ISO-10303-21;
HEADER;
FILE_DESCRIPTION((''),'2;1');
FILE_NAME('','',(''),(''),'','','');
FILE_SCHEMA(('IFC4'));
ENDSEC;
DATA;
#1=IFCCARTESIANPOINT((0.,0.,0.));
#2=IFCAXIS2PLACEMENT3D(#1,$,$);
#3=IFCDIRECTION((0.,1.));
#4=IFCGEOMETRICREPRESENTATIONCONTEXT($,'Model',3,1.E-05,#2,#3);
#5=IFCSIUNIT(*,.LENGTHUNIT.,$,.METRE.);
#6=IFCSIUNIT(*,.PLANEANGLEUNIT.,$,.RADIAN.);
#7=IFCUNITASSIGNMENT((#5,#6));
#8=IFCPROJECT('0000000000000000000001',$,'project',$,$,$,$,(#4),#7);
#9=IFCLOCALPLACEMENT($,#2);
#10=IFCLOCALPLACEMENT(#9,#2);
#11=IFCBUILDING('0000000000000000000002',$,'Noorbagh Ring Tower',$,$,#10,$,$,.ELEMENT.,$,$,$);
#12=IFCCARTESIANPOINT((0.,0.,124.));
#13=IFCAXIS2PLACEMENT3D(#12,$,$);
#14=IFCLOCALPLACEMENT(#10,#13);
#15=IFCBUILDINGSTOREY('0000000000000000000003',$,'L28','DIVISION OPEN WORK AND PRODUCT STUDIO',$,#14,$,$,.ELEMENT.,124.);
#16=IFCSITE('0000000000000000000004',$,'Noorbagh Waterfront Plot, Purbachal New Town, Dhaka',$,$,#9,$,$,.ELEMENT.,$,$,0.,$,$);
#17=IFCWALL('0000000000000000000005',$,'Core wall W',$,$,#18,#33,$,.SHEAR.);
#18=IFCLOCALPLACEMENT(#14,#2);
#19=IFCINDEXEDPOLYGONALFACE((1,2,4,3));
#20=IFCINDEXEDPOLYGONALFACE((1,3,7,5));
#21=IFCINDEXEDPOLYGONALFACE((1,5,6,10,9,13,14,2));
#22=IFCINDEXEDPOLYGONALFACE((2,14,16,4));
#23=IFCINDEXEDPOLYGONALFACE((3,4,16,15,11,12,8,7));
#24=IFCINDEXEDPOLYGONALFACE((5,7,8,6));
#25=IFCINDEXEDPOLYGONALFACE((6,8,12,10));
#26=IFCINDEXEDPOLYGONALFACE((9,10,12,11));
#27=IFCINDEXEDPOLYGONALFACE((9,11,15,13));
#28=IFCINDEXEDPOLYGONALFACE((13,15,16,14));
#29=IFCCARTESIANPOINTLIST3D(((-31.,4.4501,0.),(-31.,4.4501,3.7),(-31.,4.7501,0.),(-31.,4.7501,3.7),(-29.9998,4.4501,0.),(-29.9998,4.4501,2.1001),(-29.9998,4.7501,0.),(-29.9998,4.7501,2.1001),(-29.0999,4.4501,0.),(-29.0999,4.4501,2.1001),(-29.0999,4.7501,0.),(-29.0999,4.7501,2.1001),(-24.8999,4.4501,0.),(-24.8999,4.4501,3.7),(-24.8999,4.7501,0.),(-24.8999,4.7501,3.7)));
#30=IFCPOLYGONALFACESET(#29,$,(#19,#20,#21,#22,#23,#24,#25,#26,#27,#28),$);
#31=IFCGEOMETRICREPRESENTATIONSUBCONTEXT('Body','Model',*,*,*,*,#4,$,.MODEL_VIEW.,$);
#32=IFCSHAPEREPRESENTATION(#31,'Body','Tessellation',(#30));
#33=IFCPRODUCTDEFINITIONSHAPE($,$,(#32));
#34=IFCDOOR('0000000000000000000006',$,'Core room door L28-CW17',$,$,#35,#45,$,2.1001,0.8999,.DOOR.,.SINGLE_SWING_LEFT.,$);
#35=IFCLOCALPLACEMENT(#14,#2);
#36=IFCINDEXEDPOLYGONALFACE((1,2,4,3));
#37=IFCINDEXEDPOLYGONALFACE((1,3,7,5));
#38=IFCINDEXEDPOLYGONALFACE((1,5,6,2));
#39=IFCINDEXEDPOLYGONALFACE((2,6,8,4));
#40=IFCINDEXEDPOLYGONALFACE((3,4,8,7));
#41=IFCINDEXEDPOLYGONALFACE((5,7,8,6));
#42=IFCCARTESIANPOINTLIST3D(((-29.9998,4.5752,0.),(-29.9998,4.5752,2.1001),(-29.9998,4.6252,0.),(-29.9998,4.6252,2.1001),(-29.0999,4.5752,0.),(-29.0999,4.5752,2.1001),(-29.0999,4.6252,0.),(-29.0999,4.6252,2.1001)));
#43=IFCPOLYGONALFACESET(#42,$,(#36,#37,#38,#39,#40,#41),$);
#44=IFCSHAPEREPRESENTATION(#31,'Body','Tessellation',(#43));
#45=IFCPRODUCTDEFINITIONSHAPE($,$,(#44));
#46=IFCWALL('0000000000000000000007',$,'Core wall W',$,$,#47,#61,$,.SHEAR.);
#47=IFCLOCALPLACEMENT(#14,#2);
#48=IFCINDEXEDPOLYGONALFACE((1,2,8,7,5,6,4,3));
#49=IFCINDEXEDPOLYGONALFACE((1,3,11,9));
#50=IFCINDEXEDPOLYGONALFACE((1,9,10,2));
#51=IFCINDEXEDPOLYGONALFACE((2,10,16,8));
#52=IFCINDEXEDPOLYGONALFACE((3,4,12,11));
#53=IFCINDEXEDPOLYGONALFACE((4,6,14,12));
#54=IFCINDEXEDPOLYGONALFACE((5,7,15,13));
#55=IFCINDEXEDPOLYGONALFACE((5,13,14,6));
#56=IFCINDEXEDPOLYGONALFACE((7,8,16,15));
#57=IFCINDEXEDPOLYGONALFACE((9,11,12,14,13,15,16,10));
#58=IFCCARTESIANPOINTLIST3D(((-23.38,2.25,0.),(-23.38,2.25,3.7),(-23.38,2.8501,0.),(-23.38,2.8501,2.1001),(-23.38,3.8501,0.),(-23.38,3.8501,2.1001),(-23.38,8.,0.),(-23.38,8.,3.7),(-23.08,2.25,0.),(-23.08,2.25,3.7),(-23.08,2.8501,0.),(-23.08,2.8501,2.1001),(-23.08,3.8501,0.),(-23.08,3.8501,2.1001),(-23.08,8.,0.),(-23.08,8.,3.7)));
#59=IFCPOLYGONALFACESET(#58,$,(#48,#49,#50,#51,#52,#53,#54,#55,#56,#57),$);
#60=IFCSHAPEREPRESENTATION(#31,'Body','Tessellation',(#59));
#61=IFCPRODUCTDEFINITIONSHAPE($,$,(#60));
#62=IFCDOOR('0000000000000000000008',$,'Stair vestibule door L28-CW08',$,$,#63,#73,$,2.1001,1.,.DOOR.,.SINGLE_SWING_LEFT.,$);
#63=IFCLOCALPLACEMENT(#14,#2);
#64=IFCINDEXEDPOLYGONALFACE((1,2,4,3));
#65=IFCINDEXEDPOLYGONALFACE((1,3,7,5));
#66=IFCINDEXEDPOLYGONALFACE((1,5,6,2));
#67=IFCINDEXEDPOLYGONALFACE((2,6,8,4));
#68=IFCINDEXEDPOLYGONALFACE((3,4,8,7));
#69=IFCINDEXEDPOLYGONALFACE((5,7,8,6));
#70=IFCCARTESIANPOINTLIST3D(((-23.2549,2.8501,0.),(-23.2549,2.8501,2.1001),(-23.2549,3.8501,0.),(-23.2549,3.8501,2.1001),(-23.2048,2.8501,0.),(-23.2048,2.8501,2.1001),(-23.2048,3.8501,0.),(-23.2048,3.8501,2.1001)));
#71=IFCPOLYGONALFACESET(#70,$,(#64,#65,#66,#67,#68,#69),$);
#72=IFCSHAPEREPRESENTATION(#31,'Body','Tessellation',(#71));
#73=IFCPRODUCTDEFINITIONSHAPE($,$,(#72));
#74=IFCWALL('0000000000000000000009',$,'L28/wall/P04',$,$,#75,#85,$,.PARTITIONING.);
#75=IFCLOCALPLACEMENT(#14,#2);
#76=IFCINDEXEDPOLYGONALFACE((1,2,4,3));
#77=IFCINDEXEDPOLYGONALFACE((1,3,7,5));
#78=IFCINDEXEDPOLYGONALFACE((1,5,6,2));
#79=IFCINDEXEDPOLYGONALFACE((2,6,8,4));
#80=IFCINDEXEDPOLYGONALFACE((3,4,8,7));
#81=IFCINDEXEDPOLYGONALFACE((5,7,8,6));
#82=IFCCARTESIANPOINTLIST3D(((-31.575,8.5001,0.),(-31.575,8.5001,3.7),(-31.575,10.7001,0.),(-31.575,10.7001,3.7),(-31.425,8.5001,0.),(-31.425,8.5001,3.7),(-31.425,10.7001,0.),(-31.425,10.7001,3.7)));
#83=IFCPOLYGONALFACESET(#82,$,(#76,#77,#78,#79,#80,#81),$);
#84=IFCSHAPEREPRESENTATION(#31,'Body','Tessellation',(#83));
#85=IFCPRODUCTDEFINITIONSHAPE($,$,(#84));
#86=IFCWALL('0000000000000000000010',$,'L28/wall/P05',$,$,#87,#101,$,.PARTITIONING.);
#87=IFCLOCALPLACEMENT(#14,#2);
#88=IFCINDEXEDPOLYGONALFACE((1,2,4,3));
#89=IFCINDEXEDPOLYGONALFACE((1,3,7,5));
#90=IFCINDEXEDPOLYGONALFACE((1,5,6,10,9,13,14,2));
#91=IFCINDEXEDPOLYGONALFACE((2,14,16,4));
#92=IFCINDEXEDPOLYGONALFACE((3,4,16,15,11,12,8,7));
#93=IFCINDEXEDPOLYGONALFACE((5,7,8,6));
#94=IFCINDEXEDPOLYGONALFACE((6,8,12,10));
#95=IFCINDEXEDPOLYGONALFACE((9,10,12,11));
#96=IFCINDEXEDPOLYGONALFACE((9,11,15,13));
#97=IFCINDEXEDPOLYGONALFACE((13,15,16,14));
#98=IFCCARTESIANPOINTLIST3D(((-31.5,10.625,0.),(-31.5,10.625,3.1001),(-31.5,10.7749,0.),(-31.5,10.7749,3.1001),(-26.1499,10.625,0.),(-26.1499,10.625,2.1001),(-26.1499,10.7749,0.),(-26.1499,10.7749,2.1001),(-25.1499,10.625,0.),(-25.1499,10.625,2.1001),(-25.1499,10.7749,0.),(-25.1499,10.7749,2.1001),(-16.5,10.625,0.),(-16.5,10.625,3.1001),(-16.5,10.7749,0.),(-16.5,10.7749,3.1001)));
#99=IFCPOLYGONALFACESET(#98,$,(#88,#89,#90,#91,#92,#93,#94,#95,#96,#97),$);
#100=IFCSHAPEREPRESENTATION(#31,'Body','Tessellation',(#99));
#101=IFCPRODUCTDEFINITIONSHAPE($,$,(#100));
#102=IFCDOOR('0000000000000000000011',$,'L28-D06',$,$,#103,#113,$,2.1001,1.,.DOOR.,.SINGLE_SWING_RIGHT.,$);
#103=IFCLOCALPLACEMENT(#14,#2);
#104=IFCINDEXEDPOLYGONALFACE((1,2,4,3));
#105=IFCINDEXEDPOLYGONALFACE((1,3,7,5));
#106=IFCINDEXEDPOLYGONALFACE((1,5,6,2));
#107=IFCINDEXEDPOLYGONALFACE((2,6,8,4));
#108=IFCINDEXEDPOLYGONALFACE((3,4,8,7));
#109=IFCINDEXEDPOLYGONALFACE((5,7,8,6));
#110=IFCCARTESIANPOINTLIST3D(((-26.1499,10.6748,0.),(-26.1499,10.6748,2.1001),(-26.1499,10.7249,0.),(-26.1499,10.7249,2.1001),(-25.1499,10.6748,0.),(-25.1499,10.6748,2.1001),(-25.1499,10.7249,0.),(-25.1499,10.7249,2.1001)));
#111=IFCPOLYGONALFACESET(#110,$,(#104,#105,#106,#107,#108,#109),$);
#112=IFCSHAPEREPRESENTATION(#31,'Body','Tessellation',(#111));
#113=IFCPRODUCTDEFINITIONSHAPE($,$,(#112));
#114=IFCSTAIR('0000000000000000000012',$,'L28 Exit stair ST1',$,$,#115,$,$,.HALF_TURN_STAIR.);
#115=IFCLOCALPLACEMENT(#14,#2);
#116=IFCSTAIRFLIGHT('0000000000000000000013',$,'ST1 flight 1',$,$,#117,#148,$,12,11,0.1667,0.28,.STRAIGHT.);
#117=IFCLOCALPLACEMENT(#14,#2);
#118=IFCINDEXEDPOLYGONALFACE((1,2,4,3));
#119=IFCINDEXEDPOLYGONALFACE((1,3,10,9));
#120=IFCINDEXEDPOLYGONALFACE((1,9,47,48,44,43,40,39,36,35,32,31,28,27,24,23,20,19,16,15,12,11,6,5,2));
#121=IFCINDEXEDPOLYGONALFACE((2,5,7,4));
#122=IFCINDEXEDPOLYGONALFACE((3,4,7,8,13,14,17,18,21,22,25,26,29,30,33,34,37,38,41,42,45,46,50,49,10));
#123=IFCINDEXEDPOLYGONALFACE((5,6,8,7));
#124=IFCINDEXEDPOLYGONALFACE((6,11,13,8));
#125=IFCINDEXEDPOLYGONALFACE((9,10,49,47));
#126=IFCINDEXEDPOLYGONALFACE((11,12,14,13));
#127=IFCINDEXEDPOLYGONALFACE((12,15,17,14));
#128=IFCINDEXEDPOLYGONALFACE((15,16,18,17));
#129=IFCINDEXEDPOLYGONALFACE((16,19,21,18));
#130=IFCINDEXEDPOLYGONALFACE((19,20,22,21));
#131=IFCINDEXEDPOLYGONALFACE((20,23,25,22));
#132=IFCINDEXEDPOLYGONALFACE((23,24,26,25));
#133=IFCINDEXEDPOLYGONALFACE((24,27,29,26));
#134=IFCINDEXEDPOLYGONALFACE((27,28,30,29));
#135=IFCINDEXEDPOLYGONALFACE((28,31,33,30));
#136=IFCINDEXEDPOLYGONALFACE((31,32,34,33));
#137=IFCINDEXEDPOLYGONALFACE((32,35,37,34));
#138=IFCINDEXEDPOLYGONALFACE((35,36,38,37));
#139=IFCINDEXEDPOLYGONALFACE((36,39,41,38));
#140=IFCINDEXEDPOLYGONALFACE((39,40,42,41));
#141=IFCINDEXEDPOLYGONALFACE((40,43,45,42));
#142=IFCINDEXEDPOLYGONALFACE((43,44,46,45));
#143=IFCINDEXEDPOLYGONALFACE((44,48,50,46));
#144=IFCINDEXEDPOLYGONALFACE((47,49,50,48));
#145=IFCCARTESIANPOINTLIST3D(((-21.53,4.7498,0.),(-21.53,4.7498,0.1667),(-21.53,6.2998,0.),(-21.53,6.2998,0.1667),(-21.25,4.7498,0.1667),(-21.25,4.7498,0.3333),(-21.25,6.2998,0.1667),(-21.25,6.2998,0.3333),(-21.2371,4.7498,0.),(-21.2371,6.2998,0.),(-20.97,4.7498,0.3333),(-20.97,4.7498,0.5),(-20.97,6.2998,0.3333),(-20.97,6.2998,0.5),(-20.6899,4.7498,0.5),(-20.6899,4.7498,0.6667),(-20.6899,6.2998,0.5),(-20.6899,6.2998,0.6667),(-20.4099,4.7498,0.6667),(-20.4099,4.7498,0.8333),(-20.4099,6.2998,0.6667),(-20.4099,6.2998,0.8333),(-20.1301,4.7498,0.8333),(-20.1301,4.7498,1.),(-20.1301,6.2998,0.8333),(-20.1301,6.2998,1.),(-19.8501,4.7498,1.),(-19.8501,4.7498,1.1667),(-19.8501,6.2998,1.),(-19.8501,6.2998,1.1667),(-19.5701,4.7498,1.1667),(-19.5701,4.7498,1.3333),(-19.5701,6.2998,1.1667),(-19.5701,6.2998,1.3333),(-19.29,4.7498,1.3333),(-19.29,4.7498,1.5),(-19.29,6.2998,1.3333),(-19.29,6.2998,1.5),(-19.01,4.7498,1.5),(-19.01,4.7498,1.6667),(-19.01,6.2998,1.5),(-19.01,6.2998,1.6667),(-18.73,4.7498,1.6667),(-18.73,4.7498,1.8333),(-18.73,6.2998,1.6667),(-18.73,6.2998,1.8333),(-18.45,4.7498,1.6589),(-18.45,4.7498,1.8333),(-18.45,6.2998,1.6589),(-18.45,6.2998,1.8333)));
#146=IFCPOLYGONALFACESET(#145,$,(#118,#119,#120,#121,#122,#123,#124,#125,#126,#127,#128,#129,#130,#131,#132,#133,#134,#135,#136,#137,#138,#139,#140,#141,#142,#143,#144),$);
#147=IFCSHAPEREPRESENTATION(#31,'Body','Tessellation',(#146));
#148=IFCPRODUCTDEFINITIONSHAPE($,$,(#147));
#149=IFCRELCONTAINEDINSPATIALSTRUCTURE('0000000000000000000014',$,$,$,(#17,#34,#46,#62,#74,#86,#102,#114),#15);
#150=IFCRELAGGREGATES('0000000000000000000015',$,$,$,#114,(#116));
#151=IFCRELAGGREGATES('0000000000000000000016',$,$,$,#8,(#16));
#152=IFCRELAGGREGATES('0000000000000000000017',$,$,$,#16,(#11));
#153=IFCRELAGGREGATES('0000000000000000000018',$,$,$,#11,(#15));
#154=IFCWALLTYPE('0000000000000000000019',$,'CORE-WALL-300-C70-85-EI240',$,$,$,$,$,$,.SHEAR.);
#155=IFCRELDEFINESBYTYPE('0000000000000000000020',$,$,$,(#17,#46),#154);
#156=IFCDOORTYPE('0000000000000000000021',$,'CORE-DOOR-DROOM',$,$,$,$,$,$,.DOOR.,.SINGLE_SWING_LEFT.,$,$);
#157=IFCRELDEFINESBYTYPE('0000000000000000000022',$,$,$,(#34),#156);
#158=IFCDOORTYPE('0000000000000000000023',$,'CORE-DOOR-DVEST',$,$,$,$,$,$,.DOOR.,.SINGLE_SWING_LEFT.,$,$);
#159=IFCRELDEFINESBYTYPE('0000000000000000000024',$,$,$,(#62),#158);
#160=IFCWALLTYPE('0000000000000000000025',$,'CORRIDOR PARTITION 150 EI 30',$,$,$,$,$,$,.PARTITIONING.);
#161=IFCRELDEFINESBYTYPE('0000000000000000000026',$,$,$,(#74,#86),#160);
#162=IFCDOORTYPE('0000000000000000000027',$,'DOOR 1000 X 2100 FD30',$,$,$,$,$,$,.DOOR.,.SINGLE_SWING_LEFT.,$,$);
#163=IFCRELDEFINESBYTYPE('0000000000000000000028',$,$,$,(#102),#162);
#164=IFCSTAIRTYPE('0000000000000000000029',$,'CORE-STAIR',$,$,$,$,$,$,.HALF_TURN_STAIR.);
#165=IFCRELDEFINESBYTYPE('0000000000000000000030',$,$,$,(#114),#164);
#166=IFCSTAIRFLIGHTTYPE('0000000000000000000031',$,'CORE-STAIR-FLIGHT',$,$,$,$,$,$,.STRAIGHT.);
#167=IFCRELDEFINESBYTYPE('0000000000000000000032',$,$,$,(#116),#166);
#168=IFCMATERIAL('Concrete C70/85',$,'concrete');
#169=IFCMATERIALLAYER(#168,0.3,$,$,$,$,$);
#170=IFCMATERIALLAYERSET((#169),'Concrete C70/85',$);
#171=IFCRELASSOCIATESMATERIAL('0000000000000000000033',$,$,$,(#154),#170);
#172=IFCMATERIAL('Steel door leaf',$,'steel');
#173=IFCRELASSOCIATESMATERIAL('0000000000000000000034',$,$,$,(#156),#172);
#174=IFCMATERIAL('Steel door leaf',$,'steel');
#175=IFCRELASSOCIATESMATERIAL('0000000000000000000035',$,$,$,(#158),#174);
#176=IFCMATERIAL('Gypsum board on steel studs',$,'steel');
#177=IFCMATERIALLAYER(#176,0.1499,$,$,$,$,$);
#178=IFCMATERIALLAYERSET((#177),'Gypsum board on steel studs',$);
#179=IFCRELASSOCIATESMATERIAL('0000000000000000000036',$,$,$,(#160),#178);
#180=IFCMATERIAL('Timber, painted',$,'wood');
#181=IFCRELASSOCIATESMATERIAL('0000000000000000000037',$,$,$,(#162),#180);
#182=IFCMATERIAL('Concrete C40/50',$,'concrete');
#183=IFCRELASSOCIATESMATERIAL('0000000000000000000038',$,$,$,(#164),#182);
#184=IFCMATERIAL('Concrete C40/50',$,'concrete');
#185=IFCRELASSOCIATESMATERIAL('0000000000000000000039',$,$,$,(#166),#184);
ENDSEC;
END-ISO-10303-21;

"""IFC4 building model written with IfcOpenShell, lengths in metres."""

from ifc_helpers import new_model, si_unit, direction, frame, frame_2d, origin, place, context, subcontext, project, spatial, polyline, rectangle, outline, extrude, material, layer, layer_set, type_object, element, fill, aggregate, save


model = new_model("IFC4")

# Units and contexts
model_context = context("Model", 3, precision=1e-05, world=origin(), true_north=direction((0.0, 1.0)))
body_context = subcontext(model_context, "Body", "Model", "MODEL_VIEW")
ifc_project = project(units=[si_unit("LENGTHUNIT", "METRE"), si_unit("PLANEANGLEUNIT", "RADIAN")], contexts=[model_context])

# Site, building, storey
site_placement = place(None, origin())
site = spatial("IfcSite", under=ifc_project, at=site_placement, Name="Noorbagh Waterfront Plot, Purbachal New Town, Dhaka", CompositionType="ELEMENT", RefElevation=0.0)
building_placement = place(site_placement, origin())
building = spatial("IfcBuilding", under=site, at=building_placement, Name="Noorbagh Ring Tower", CompositionType="ELEMENT")
storey_placement = place(building_placement, frame((0.0, 0.0, 124.0)))
storey = spatial("IfcBuildingStorey", under=building, at=storey_placement, Name="L28", Description="DIVISION OPEN WORK AND PRODUCT STUDIO", CompositionType="ELEMENT", Elevation=124.0)

# Walls, openings, doors
ifc_material_1 = material(Name="Concrete C70/85", Category="concrete")
ifc_layer_1 = layer(ifc_material_1, 0.3)
ifc_layer_set_1 = layer_set([ifc_layer_1], Name="Concrete C70/85")
wall_type_1 = type_object("IfcWallType", Name="CORE-WALL-300-C70-85-EI240", PredefinedType="SHEAR", material=ifc_layer_set_1)
wall_1_placement = place(storey_placement, frame((-24.8999, 4.6001, 0.0), z_axis=(0.0, 0.0, 1.0), x_axis=(-1.0, 0.0, 0.0)))
wall_1 = element("IfcWall", 1, at=wall_1_placement, inside=storey, type_object=wall_type_1, Name="Core wall W", PredefinedType="SHEAR", context=body_context, shape_type="SweptSolid", body=[
    extrude(rectangle(XDim=6.1001, YDim=0.3, at=frame_2d((3.05, 0.0))), origin(), (0.0, 0.0, 1.0), 3.7),
])
opening_1_placement = place(wall_1_placement, frame((4.2, 0.0, 0.0)))
opening_1 = element("IfcOpeningElement", 2, at=opening_1_placement, cuts=wall_1, PredefinedType="OPENING", context=body_context, shape_type="SweptSolid", body=[
    extrude(rectangle(XDim=0.8999, YDim=2.1001, at=frame_2d((0.45, 1.05))), frame((0.0, 0.1602, 0.0), z_axis=(0.0, -1.0, 0.0), x_axis=(1.0, 0.0, 0.0)), (0.0, 0.0, 1.0), 0.3201),
])
ifc_material_2 = material(Name="Steel door leaf", Category="steel")
door_type_1 = type_object("IfcDoorType", Name="CORE-DOOR-DROOM", OperationType="SINGLE_SWING_LEFT", PredefinedType="DOOR", material=ifc_material_2)
door_1_placement = place(opening_1_placement, origin())
door_1 = element("IfcDoor", 3, at=door_1_placement, inside=storey, type_object=door_type_1, Name="Core room door L28-CW17", OperationType="SINGLE_SWING_LEFT", OverallHeight=2.1001, OverallWidth=0.8999, PredefinedType="DOOR", context=body_context, shape_type="SweptSolid", body=[
    extrude(rectangle(XDim=0.8999, YDim=2.1001, at=frame_2d((0.45, 1.05))), frame((0.0, 0.0249, 0.0), z_axis=(0.0, -1.0, 0.0), x_axis=(1.0, 0.0, 0.0)), (0.0, 0.0, 1.0), 0.05),
])
fill(opening_1, door_1)
wall_2_placement = place(storey_placement, frame((-23.23, 2.25, 0.0), z_axis=(0.0, 0.0, 1.0), x_axis=(0.0, 1.0, 0.0)))
wall_2 = element("IfcWall", 4, at=wall_2_placement, inside=storey, type_object=wall_type_1, Name="Core wall W", PredefinedType="SHEAR", context=body_context, shape_type="SweptSolid", body=[
    extrude(rectangle(XDim=5.75, YDim=0.3, at=frame_2d((2.875, 0.0))), origin(), (0.0, 0.0, 1.0), 3.7),
])
opening_2_placement = place(wall_2_placement, frame((0.6001, 0.0, 0.0)))
opening_2 = element("IfcOpeningElement", 5, at=opening_2_placement, cuts=wall_2, PredefinedType="OPENING", context=body_context, shape_type="SweptSolid", body=[
    extrude(rectangle(XDim=1.0, YDim=2.1001, at=frame_2d((0.5, 1.05))), frame((0.0, 0.1602, 0.0), z_axis=(0.0, -1.0, 0.0), x_axis=(1.0, 0.0, 0.0)), (0.0, 0.0, 1.0), 0.3201),
])
ifc_material_3 = material(Name="Steel door leaf", Category="steel")
door_type_2 = type_object("IfcDoorType", Name="CORE-DOOR-DVEST", OperationType="SINGLE_SWING_LEFT", PredefinedType="DOOR", material=ifc_material_3)
door_2_placement = place(opening_2_placement, origin())
door_2 = element("IfcDoor", 6, at=door_2_placement, inside=storey, type_object=door_type_2, Name="Stair vestibule door L28-CW08", OperationType="SINGLE_SWING_LEFT", OverallHeight=2.1001, OverallWidth=1.0, PredefinedType="DOOR", context=body_context, shape_type="SweptSolid", body=[
    extrude(rectangle(XDim=1.0, YDim=2.1001, at=frame_2d((0.5, 1.05))), frame((0.0, 0.0249, 0.0), z_axis=(0.0, -1.0, 0.0), x_axis=(1.0, 0.0, 0.0)), (0.0, 0.0, 1.0), 0.05),
])
fill(opening_2, door_2)

# Wall
ifc_material_4 = material(Name="Gypsum board on steel studs", Category="steel")
ifc_layer_2 = layer(ifc_material_4, 0.1499)
ifc_layer_set_2 = layer_set([ifc_layer_2], Name="Gypsum board on steel studs")
wall_type_2 = type_object("IfcWallType", Name="CORRIDOR PARTITION 150 EI 30", PredefinedType="PARTITIONING", material=ifc_layer_set_2)
wall_3_placement = place(storey_placement, frame((-31.5, 8.5, 0.0), z_axis=(0.0, 0.0, 1.0), x_axis=(0.0, 1.0, 0.0)))
element("IfcWall", 7, at=wall_3_placement, inside=storey, type_object=wall_type_2, Name="L28/wall/P04", PredefinedType="PARTITIONING", context=body_context, shape_type="SweptSolid", body=[
    extrude(rectangle(XDim=2.2, YDim=0.1499, at=frame_2d((1.1001, 0.0))), origin(), (0.0, 0.0, 1.0), 3.7),
])

# Wall, opening, door
wall_4_placement = place(storey_placement, frame((-31.5, 10.7, 0.0), z_axis=(0.0, 0.0, 1.0), x_axis=(1.0, 0.0, 0.0)))
wall_4 = element("IfcWall", 8, at=wall_4_placement, inside=storey, type_object=wall_type_2, Name="L28/wall/P05", PredefinedType="PARTITIONING", context=body_context, shape_type="SweptSolid", body=[
    extrude(rectangle(XDim=15.0, YDim=0.1499, at=frame_2d((7.5, 0.0))), origin(), (0.0, 0.0, 1.0), 3.1001),
])
opening_3_placement = place(wall_4_placement, frame((5.3501, 0.0, 0.0)))
opening_3 = element("IfcOpeningElement", 9, at=opening_3_placement, cuts=wall_4, PredefinedType="OPENING", context=body_context, shape_type="SweptSolid", body=[
    extrude(rectangle(XDim=1.0, YDim=2.1001, at=frame_2d((0.5, 1.05))), frame((0.0, 0.085, 0.0), z_axis=(0.0, -1.0, 0.0), x_axis=(1.0, 0.0, 0.0)), (0.0, 0.0, 1.0), 0.1699),
])
ifc_material_5 = material(Name="Timber, painted", Category="wood")
door_type_3 = type_object("IfcDoorType", Name="DOOR 1000 X 2100 FD30", OperationType="SINGLE_SWING_LEFT", PredefinedType="DOOR", material=ifc_material_5)
door_3_placement = place(opening_3_placement, origin())
door_3 = element("IfcDoor", 10, at=door_3_placement, inside=storey, type_object=door_type_3, Name="L28-D06", OperationType="SINGLE_SWING_RIGHT", OverallHeight=2.1001, OverallWidth=1.0, PredefinedType="DOOR", context=body_context, shape_type="SweptSolid", body=[
    extrude(rectangle(XDim=1.0, YDim=2.1001, at=frame_2d((0.5, 1.05))), frame((0.0, 0.0249, 0.0), z_axis=(0.0, -1.0, 0.0), x_axis=(1.0, 0.0, 0.0)), (0.0, 0.0, 1.0), 0.05),
])
fill(opening_3, door_3)

# Stair, stair flight
ifc_material_6 = material(Name="Concrete C40/50", Category="concrete")
stair_type = type_object("IfcStairType", Name="CORE-STAIR", PredefinedType="HALF_TURN_STAIR", material=ifc_material_6)
stair_placement = place(storey_placement, origin())
stair = element("IfcStair", 11, at=stair_placement, inside=storey, type_object=stair_type, Name="L28 Exit stair ST1", PredefinedType="HALF_TURN_STAIR")
ifc_material_7 = material(Name="Concrete C40/50", Category="concrete")
stair_flight_type = type_object("IfcStairFlightType", Name="CORE-STAIR-FLIGHT", PredefinedType="STRAIGHT", material=ifc_material_7)
stair_flight_placement = place(storey_placement, frame((-21.53, 5.5249, 0.0), z_axis=(0.0, 0.0, 1.0), x_axis=(1.0, 0.0, 0.0)))
stair_flight = element("IfcStairFlight", 12, at=stair_flight_placement, type_object=stair_flight_type, Name="ST1 flight 1", NumberOfRisers=12, NumberOfTreads=11, PredefinedType="STRAIGHT", RiserHeight=0.1667, TreadLength=0.28, context=body_context, shape_type="SweptSolid", body=[
    extrude(outline(polyline([(0.0, 0.0), (0.0, 0.1667), (0.28, 0.1667), (0.28, 0.3333), (0.5601, 0.3333), (0.5601, 0.5), (0.8401, 0.5), (0.8401, 0.6667), (1.1201, 0.6667), (1.1201, 0.8333), (1.3999, 0.8333), (1.3999, 1.0), (1.6799, 1.0), (1.6799, 1.1667), (1.96, 1.1667), (1.96, 1.3333), (2.24, 1.3333), (2.24, 1.5), (2.52, 1.5), (2.52, 1.6667), (2.8, 1.6667), (2.8, 1.8333), (3.0801, 1.8333), (3.0801, 2.0), (3.0801, 1.6589), (0.293, 0.0), (0.0, 0.0)])), frame((0.0, 0.7749, 0.0), z_axis=(0.0, -1.0, 0.0), x_axis=(1.0, 0.0, 0.0)), (0.0, 0.0, 1.0), 1.55),
])
aggregate(stair, [stair_flight])

save(model, "model.ifc")
